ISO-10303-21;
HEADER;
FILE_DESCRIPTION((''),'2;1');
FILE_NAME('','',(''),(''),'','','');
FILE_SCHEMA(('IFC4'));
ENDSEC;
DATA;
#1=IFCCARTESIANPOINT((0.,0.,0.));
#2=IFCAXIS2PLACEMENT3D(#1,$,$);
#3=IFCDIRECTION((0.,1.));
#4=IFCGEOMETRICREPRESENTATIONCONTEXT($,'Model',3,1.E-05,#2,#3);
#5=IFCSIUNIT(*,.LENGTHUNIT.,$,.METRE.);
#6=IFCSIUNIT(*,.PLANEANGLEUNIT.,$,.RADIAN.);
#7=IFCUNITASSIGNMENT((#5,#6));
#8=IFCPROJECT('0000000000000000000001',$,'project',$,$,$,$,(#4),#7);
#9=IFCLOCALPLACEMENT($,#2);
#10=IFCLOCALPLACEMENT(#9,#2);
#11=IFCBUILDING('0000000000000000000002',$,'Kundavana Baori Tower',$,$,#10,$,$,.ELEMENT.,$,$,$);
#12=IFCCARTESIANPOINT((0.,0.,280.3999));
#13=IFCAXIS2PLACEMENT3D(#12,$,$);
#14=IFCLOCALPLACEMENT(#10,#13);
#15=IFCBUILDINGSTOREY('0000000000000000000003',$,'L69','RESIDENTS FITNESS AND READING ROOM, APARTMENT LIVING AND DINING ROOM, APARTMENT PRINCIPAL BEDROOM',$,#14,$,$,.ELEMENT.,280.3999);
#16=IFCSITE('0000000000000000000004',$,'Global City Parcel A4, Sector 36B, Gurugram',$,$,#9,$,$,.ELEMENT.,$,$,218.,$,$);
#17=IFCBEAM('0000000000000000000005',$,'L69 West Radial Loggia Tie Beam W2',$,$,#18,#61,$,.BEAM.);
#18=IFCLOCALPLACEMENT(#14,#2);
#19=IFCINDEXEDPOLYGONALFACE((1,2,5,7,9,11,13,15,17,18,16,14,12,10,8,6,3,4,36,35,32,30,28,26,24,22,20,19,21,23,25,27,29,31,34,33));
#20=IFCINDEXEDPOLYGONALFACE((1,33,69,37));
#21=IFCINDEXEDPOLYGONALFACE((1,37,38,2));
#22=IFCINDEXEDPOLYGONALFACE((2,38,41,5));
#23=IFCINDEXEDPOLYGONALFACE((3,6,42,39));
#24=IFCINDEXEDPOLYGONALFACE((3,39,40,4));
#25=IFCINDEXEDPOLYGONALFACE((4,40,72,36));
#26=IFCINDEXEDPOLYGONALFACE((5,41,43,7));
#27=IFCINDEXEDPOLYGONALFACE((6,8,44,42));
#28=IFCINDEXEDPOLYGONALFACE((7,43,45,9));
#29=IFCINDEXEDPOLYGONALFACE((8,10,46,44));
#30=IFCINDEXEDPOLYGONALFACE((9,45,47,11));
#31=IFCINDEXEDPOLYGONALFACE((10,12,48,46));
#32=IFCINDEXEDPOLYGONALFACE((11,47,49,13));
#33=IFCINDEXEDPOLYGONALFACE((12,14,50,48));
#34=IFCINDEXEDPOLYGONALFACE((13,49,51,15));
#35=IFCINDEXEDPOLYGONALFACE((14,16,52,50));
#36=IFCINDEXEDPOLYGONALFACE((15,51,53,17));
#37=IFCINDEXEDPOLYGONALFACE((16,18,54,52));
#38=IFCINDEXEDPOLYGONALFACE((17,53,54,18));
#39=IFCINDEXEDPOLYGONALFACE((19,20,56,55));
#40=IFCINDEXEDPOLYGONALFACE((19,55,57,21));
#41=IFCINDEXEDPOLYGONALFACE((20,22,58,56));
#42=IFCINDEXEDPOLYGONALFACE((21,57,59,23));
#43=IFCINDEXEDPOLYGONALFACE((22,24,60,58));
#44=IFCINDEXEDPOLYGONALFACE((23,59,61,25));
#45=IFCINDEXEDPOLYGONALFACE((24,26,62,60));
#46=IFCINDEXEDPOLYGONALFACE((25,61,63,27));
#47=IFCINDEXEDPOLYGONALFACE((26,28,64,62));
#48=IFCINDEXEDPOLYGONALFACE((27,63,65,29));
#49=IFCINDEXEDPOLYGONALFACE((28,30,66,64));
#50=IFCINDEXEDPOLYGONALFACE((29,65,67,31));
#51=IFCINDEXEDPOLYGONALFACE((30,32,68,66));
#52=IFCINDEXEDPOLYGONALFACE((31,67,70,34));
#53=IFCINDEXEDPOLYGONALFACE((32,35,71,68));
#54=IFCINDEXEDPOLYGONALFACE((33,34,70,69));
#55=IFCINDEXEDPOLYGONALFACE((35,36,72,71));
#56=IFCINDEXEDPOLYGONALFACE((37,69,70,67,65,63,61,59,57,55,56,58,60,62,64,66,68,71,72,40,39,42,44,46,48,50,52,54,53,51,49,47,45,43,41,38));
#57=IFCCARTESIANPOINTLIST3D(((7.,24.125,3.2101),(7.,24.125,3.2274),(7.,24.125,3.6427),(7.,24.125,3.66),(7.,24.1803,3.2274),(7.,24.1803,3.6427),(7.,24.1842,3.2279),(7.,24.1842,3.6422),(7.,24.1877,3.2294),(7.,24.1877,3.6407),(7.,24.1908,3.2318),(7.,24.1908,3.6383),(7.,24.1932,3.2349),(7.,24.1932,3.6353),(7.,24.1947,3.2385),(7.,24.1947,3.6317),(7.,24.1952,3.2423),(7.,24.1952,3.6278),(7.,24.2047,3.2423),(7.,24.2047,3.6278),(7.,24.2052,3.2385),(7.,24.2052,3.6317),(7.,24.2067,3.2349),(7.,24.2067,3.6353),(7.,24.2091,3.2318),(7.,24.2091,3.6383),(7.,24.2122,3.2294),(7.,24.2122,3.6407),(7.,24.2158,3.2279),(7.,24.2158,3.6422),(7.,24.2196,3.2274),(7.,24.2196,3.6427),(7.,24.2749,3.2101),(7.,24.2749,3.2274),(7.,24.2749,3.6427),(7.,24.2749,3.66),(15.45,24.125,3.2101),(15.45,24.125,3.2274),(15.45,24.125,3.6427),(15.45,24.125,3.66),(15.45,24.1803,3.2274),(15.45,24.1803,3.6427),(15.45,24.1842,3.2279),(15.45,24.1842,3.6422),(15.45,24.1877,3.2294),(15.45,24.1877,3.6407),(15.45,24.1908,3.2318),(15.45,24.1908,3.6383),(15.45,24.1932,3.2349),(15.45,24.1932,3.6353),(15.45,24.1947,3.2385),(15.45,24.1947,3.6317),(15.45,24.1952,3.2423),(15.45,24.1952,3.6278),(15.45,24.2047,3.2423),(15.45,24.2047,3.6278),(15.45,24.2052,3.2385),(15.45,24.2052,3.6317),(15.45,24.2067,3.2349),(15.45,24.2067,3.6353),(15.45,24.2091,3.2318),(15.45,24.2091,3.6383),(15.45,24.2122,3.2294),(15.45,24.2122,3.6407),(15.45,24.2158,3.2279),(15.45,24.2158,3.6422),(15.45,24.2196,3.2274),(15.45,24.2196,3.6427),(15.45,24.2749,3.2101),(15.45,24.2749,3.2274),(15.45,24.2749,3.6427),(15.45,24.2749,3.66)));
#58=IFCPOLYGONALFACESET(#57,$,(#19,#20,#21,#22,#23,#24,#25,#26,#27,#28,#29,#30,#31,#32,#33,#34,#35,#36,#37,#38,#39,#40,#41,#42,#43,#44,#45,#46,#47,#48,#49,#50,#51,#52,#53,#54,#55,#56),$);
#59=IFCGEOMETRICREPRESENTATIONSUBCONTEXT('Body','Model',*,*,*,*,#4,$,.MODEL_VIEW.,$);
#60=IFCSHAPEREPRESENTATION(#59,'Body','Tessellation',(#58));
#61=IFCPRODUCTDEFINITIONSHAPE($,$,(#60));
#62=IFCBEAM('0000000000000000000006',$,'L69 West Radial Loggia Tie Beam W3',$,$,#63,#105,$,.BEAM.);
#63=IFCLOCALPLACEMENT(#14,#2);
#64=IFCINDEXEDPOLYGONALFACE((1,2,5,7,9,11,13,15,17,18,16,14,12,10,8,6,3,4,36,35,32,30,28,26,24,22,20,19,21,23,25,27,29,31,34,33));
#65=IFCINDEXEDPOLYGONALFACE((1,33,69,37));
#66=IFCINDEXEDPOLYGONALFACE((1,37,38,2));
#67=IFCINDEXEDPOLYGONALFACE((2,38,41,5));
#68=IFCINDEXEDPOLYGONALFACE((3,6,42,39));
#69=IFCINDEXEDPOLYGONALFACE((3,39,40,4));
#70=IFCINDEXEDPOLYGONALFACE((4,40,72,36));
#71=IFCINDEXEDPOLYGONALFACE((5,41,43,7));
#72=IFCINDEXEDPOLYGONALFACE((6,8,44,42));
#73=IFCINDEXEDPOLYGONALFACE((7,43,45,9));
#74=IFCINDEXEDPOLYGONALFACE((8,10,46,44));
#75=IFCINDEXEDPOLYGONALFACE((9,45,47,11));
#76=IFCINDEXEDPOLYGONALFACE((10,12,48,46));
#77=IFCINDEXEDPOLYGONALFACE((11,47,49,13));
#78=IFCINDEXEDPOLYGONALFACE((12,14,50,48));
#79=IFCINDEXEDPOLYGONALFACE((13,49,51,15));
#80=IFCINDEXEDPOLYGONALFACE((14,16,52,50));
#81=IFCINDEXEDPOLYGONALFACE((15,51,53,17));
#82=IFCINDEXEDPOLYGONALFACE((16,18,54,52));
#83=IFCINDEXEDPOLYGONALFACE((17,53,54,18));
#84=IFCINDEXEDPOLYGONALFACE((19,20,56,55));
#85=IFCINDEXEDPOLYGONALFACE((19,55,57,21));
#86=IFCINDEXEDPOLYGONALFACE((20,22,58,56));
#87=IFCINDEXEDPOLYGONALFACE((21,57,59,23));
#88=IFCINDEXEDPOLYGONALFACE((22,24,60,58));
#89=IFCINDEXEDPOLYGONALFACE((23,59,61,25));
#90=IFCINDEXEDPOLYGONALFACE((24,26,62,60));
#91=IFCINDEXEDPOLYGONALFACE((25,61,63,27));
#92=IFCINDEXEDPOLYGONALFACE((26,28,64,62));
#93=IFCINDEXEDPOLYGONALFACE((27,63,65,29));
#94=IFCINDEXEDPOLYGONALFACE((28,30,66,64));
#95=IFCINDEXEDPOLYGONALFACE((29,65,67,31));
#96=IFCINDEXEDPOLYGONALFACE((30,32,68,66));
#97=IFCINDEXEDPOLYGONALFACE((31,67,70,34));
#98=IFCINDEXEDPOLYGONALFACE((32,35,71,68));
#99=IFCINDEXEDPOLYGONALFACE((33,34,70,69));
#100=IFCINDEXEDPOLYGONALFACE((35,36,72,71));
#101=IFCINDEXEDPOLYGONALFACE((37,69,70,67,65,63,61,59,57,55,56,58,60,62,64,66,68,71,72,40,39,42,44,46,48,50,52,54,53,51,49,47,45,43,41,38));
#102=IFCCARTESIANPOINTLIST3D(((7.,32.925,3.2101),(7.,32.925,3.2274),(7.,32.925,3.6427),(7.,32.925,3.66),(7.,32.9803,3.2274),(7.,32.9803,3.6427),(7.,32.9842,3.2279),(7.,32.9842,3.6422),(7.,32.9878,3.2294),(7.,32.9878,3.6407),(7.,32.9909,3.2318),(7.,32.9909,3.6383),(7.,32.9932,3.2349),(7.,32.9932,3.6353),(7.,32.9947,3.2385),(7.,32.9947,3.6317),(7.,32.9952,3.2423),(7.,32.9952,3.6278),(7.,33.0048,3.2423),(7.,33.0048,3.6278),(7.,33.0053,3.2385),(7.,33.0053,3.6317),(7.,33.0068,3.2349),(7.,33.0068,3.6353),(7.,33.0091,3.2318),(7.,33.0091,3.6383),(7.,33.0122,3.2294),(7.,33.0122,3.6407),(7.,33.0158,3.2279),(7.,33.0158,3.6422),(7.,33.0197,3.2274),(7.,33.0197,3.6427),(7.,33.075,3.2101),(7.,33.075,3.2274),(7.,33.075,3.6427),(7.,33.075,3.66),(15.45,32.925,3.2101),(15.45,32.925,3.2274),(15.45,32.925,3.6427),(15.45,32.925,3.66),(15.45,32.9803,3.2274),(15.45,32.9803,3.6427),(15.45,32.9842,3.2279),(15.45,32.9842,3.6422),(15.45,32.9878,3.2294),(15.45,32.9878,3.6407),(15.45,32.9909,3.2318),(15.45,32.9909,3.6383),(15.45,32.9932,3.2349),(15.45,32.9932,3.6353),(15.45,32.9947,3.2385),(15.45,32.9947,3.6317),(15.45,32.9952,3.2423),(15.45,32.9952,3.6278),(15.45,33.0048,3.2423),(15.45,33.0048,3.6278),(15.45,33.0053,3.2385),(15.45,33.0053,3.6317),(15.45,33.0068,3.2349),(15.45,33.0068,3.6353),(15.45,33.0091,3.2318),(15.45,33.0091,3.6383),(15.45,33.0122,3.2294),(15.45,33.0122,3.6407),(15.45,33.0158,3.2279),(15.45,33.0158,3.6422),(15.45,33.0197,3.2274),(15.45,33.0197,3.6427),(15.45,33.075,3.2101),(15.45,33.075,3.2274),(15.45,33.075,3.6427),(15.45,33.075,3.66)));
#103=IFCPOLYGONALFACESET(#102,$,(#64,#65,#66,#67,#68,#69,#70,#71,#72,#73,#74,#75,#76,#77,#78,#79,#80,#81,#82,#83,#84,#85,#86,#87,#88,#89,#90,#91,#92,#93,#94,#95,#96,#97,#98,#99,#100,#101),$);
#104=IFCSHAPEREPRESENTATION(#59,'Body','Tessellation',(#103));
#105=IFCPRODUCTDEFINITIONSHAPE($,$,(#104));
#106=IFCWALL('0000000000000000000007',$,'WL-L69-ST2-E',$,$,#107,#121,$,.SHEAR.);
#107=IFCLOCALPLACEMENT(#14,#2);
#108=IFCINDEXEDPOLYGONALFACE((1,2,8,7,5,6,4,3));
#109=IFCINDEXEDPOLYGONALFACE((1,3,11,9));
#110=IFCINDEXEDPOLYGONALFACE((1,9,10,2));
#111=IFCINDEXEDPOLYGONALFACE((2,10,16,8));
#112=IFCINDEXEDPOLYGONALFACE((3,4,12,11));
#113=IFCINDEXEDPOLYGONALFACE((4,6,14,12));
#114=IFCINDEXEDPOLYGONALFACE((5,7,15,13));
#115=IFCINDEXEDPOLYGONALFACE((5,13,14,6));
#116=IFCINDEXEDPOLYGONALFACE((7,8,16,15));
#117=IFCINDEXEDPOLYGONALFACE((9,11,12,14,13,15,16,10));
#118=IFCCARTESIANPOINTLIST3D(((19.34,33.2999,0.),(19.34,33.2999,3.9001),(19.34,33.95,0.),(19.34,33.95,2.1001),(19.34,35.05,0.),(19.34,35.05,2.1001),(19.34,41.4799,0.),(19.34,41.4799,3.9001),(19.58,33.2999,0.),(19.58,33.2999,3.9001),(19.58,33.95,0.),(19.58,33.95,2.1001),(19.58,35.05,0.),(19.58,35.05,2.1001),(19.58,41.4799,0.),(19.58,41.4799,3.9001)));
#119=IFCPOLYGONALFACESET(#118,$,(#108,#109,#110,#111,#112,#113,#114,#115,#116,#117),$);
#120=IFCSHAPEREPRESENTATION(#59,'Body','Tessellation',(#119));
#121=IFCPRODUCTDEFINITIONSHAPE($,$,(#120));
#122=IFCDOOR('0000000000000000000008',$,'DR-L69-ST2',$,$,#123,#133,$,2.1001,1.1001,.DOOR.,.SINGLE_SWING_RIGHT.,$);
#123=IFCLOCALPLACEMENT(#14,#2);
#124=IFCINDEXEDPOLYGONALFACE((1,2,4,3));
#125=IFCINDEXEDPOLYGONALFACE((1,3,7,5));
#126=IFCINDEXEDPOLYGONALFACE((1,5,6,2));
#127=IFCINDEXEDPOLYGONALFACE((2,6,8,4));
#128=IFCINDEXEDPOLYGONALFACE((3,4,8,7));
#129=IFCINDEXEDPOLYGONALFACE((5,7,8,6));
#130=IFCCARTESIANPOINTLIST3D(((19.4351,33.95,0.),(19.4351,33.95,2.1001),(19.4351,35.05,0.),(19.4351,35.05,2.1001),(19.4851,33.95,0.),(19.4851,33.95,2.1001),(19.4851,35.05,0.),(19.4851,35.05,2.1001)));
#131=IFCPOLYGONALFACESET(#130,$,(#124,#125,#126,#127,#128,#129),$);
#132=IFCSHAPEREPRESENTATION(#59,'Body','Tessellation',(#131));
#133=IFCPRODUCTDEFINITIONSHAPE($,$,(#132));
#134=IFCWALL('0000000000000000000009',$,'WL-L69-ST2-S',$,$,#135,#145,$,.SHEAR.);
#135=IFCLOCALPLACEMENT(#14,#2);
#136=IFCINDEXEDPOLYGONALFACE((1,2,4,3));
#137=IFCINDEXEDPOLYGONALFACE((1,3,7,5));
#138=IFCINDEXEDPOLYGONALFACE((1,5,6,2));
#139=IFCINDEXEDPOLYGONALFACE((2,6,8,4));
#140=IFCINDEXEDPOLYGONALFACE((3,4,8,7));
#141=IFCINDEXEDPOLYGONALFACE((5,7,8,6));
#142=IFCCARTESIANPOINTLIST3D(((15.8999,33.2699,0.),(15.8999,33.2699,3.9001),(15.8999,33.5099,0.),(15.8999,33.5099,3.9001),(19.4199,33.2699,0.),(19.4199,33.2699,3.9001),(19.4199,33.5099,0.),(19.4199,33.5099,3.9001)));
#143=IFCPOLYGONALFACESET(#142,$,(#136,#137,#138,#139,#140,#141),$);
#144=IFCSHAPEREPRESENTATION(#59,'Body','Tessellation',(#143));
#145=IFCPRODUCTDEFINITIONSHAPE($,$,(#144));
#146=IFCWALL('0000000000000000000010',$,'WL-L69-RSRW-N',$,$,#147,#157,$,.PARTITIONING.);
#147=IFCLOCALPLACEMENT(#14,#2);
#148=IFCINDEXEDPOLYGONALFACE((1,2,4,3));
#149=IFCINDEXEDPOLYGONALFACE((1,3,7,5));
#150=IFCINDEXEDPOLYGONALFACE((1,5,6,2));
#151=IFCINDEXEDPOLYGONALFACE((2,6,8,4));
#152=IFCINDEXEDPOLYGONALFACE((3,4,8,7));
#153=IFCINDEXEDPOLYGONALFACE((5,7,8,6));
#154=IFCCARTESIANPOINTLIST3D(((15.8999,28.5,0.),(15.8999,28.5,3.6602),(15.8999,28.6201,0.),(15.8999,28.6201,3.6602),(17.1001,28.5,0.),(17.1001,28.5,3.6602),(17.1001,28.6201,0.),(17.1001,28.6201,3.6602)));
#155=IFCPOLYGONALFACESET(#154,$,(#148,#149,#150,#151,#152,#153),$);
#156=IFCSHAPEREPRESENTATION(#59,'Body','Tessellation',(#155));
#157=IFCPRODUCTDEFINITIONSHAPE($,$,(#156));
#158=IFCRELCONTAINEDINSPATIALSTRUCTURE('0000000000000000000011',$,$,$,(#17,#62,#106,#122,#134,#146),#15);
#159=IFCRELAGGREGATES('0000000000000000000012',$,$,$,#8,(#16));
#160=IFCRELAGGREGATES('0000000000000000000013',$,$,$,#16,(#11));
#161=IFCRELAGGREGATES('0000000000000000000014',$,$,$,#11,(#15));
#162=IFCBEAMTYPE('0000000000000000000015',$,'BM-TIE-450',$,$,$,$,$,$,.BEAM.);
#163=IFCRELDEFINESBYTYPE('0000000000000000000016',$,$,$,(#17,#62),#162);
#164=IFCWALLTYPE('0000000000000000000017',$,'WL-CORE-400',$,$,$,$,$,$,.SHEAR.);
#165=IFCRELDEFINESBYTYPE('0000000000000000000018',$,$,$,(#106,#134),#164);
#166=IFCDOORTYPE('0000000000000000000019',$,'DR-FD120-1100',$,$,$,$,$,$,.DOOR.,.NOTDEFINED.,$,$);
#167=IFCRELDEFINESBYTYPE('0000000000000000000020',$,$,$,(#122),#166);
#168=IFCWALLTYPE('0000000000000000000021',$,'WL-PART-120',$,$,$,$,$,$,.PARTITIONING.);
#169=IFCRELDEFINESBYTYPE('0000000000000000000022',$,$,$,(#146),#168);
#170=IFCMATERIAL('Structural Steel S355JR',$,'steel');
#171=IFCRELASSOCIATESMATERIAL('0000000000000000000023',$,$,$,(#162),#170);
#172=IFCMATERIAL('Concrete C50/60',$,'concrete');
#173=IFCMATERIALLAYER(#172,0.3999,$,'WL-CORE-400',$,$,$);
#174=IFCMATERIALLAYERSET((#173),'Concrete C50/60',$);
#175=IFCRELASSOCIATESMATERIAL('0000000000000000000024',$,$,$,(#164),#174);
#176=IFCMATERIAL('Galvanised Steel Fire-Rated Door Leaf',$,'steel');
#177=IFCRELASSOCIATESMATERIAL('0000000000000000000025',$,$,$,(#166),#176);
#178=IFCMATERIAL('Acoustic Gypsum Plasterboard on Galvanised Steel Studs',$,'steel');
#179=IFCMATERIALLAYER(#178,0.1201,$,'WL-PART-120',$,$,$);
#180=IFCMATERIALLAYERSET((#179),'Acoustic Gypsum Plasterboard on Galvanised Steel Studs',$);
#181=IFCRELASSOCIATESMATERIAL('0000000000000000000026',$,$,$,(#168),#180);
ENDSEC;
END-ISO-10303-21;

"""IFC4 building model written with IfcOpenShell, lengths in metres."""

from ifc_helpers import new_model, si_unit, direction, frame, frame_2d, origin, origin_2d, place, context, subcontext, project, spatial, rectangle, i_section, extrude, material, layer, layer_set, material_profile, profile_set, type_object, element, fill, save


model = new_model("IFC4")

# Units and contexts
model_context = context("Model", 3, precision=1e-05, world=origin(), true_north=direction((0.0, 1.0)))
body_context = subcontext(model_context, "Body", "Model", "MODEL_VIEW")
ifc_project = project(units=[si_unit("LENGTHUNIT", "METRE"), si_unit("PLANEANGLEUNIT", "RADIAN")], contexts=[model_context])

# Site, building, storey
site_placement = place(None, origin())
site = spatial("IfcSite", under=ifc_project, at=site_placement, Name="Global City Parcel A4, Sector 36B, Gurugram", CompositionType="ELEMENT", RefElevation=218.0)
building_placement = place(site_placement, origin())
building = spatial("IfcBuilding", under=site, at=building_placement, Name="Kundavana Baori Tower", CompositionType="ELEMENT")
storey_placement = place(building_placement, frame((0.0, 0.0, 280.3999)))
storey = spatial("IfcBuildingStorey", under=building, at=storey_placement, Name="L69", Description="RESIDENTS FITNESS AND READING ROOM, APARTMENT LIVING AND DINING ROOM, APARTMENT PRINCIPAL BEDROOM", CompositionType="ELEMENT", Elevation=280.3999)

# Beams
ifc_material_1 = material(Name="Structural Steel S355JR", Category="steel")
ifc_material_profile_1 = material_profile(ifc_material_1, i_section(OverallWidth=0.1499, OverallDepth=0.45, WebThickness=0.0095, FlangeThickness=0.0173, FilletRadius=0.0149, at=origin_2d()), Name="ISMB 450")
ifc_profile_set_1 = profile_set([ifc_material_profile_1], Name="Structural Steel S355JR")
beam_type_1 = type_object("IfcBeamType", Name="BM-TIE-450", PredefinedType="BEAM", material=ifc_profile_set_1)
for number, where, z_axis, x_axis, name in (
    (1, (15.45, 24.2, 3.4351), (-1.0, 0.0, 0.0), (0.0, -1.0, 0.0), "L69 West Radial Loggia Tie Beam W2"),
    (2, (15.45, 33.0, 3.4351), (-1.0, 0.0, 0.0), (0.0, -1.0, 0.0), "L69 West Radial Loggia Tie Beam W3"),
):
    element("IfcBeam", number, at=place(storey_placement, frame(where, z_axis=z_axis, x_axis=x_axis)), inside=storey, type_object=beam_type_1, Name=name, PredefinedType="BEAM", context=body_context, shape_type="SweptSolid", body=[
        extrude(i_section(OverallWidth=0.1499, OverallDepth=0.45, WebThickness=0.0095, FlangeThickness=0.0173, FilletRadius=0.0149, at=origin_2d()), origin(), (0.0, 0.0, 1.0), 8.45),
    ])

# Wall, opening, door
ifc_material_2 = material(Name="Concrete C50/60", Category="concrete")
ifc_layer_1 = layer(ifc_material_2, 0.3999, Name="WL-CORE-400")
ifc_layer_set_1 = layer_set([ifc_layer_1], Name="Concrete C50/60")
wall_type_1 = type_object("IfcWallType", Name="WL-CORE-400", PredefinedType="SHEAR", material=ifc_layer_set_1)
wall_1_placement = place(storey_placement, frame((19.46, 33.3, 0.0), z_axis=(0.0, 0.0, 1.0), x_axis=(0.0, 1.0, 0.0)))
wall_1 = element("IfcWall", 3, at=wall_1_placement, inside=storey, type_object=wall_type_1, Name="WL-L69-ST2-E", PredefinedType="SHEAR", context=body_context, shape_type="SweptSolid", body=[
    extrude(rectangle(XDim=8.1799, YDim=0.24, at=frame_2d((4.0898, 0.0))), origin(), (0.0, 0.0, 1.0), 3.9001),
])
opening_1_placement = place(wall_1_placement, frame((0.6499, 0.0, 0.0)))
opening_1 = element("IfcOpeningElement", 4, at=opening_1_placement, cuts=wall_1, PredefinedType="OPENING", context=body_context, shape_type="SweptSolid", body=[
    extrude(rectangle(XDim=1.1001, YDim=2.1001, at=frame_2d((0.55, 1.05))), frame((0.0, 0.1299, 0.0), z_axis=(0.0, -1.0, 0.0), x_axis=(1.0, 0.0, 0.0)), (0.0, 0.0, 1.0), 0.26),
])
ifc_material_3 = material(Name="Galvanised Steel Fire-Rated Door Leaf", Category="steel")
door_type_1 = type_object("IfcDoorType", Name="DR-FD120-1100", OperationType="NOTDEFINED", PredefinedType="DOOR", material=ifc_material_3)
door_1_placement = place(opening_1_placement, origin())
door_1 = element("IfcDoor", 5, at=door_1_placement, inside=storey, type_object=door_type_1, Name="DR-L69-ST2", OperationType="SINGLE_SWING_RIGHT", OverallHeight=2.1001, OverallWidth=1.1001, PredefinedType="DOOR", context=body_context, shape_type="SweptSolid", body=[
    extrude(rectangle(XDim=1.1001, YDim=2.1001, at=frame_2d((0.55, 1.05))), frame((0.0, 0.0249, 0.0), z_axis=(0.0, -1.0, 0.0), x_axis=(1.0, 0.0, 0.0)), (0.0, 0.0, 1.0), 0.05),
])
fill(opening_1, door_1)

# Walls
wall_2_placement = place(storey_placement, frame((15.8999, 33.3899, 0.0), z_axis=(0.0, 0.0, 1.0), x_axis=(1.0, 0.0, 0.0)))
element("IfcWall", 6, at=wall_2_placement, inside=storey, type_object=wall_type_1, Name="WL-L69-ST2-S", PredefinedType="SHEAR", context=body_context, shape_type="SweptSolid", body=[
    extrude(rectangle(XDim=3.52, YDim=0.24, at=frame_2d((1.76, 0.0))), origin(), (0.0, 0.0, 1.0), 3.9001),
])
ifc_material_4 = material(Name="Acoustic Gypsum Plasterboard on Galvanised Steel Studs", Category="steel")
ifc_layer_2 = layer(ifc_material_4, 0.1201, Name="WL-PART-120")
ifc_layer_set_2 = layer_set([ifc_layer_2], Name="Acoustic Gypsum Plasterboard on Galvanised Steel Studs")
wall_type_2 = type_object("IfcWallType", Name="WL-PART-120", PredefinedType="PARTITIONING", material=ifc_layer_set_2)
wall_3_placement = place(storey_placement, frame((15.8999, 28.5601, 0.0), z_axis=(0.0, 0.0, 1.0), x_axis=(1.0, 0.0, 0.0)))
element("IfcWall", 7, at=wall_3_placement, inside=storey, type_object=wall_type_2, Name="WL-L69-RSRW-N", PredefinedType="PARTITIONING", context=body_context, shape_type="SweptSolid", body=[
    extrude(rectangle(XDim=1.2002, YDim=0.1201, at=frame_2d((0.6001, 0.0))), origin(), (0.0, 0.0, 1.0), 3.6602),
])

save(model, "model.ifc")
